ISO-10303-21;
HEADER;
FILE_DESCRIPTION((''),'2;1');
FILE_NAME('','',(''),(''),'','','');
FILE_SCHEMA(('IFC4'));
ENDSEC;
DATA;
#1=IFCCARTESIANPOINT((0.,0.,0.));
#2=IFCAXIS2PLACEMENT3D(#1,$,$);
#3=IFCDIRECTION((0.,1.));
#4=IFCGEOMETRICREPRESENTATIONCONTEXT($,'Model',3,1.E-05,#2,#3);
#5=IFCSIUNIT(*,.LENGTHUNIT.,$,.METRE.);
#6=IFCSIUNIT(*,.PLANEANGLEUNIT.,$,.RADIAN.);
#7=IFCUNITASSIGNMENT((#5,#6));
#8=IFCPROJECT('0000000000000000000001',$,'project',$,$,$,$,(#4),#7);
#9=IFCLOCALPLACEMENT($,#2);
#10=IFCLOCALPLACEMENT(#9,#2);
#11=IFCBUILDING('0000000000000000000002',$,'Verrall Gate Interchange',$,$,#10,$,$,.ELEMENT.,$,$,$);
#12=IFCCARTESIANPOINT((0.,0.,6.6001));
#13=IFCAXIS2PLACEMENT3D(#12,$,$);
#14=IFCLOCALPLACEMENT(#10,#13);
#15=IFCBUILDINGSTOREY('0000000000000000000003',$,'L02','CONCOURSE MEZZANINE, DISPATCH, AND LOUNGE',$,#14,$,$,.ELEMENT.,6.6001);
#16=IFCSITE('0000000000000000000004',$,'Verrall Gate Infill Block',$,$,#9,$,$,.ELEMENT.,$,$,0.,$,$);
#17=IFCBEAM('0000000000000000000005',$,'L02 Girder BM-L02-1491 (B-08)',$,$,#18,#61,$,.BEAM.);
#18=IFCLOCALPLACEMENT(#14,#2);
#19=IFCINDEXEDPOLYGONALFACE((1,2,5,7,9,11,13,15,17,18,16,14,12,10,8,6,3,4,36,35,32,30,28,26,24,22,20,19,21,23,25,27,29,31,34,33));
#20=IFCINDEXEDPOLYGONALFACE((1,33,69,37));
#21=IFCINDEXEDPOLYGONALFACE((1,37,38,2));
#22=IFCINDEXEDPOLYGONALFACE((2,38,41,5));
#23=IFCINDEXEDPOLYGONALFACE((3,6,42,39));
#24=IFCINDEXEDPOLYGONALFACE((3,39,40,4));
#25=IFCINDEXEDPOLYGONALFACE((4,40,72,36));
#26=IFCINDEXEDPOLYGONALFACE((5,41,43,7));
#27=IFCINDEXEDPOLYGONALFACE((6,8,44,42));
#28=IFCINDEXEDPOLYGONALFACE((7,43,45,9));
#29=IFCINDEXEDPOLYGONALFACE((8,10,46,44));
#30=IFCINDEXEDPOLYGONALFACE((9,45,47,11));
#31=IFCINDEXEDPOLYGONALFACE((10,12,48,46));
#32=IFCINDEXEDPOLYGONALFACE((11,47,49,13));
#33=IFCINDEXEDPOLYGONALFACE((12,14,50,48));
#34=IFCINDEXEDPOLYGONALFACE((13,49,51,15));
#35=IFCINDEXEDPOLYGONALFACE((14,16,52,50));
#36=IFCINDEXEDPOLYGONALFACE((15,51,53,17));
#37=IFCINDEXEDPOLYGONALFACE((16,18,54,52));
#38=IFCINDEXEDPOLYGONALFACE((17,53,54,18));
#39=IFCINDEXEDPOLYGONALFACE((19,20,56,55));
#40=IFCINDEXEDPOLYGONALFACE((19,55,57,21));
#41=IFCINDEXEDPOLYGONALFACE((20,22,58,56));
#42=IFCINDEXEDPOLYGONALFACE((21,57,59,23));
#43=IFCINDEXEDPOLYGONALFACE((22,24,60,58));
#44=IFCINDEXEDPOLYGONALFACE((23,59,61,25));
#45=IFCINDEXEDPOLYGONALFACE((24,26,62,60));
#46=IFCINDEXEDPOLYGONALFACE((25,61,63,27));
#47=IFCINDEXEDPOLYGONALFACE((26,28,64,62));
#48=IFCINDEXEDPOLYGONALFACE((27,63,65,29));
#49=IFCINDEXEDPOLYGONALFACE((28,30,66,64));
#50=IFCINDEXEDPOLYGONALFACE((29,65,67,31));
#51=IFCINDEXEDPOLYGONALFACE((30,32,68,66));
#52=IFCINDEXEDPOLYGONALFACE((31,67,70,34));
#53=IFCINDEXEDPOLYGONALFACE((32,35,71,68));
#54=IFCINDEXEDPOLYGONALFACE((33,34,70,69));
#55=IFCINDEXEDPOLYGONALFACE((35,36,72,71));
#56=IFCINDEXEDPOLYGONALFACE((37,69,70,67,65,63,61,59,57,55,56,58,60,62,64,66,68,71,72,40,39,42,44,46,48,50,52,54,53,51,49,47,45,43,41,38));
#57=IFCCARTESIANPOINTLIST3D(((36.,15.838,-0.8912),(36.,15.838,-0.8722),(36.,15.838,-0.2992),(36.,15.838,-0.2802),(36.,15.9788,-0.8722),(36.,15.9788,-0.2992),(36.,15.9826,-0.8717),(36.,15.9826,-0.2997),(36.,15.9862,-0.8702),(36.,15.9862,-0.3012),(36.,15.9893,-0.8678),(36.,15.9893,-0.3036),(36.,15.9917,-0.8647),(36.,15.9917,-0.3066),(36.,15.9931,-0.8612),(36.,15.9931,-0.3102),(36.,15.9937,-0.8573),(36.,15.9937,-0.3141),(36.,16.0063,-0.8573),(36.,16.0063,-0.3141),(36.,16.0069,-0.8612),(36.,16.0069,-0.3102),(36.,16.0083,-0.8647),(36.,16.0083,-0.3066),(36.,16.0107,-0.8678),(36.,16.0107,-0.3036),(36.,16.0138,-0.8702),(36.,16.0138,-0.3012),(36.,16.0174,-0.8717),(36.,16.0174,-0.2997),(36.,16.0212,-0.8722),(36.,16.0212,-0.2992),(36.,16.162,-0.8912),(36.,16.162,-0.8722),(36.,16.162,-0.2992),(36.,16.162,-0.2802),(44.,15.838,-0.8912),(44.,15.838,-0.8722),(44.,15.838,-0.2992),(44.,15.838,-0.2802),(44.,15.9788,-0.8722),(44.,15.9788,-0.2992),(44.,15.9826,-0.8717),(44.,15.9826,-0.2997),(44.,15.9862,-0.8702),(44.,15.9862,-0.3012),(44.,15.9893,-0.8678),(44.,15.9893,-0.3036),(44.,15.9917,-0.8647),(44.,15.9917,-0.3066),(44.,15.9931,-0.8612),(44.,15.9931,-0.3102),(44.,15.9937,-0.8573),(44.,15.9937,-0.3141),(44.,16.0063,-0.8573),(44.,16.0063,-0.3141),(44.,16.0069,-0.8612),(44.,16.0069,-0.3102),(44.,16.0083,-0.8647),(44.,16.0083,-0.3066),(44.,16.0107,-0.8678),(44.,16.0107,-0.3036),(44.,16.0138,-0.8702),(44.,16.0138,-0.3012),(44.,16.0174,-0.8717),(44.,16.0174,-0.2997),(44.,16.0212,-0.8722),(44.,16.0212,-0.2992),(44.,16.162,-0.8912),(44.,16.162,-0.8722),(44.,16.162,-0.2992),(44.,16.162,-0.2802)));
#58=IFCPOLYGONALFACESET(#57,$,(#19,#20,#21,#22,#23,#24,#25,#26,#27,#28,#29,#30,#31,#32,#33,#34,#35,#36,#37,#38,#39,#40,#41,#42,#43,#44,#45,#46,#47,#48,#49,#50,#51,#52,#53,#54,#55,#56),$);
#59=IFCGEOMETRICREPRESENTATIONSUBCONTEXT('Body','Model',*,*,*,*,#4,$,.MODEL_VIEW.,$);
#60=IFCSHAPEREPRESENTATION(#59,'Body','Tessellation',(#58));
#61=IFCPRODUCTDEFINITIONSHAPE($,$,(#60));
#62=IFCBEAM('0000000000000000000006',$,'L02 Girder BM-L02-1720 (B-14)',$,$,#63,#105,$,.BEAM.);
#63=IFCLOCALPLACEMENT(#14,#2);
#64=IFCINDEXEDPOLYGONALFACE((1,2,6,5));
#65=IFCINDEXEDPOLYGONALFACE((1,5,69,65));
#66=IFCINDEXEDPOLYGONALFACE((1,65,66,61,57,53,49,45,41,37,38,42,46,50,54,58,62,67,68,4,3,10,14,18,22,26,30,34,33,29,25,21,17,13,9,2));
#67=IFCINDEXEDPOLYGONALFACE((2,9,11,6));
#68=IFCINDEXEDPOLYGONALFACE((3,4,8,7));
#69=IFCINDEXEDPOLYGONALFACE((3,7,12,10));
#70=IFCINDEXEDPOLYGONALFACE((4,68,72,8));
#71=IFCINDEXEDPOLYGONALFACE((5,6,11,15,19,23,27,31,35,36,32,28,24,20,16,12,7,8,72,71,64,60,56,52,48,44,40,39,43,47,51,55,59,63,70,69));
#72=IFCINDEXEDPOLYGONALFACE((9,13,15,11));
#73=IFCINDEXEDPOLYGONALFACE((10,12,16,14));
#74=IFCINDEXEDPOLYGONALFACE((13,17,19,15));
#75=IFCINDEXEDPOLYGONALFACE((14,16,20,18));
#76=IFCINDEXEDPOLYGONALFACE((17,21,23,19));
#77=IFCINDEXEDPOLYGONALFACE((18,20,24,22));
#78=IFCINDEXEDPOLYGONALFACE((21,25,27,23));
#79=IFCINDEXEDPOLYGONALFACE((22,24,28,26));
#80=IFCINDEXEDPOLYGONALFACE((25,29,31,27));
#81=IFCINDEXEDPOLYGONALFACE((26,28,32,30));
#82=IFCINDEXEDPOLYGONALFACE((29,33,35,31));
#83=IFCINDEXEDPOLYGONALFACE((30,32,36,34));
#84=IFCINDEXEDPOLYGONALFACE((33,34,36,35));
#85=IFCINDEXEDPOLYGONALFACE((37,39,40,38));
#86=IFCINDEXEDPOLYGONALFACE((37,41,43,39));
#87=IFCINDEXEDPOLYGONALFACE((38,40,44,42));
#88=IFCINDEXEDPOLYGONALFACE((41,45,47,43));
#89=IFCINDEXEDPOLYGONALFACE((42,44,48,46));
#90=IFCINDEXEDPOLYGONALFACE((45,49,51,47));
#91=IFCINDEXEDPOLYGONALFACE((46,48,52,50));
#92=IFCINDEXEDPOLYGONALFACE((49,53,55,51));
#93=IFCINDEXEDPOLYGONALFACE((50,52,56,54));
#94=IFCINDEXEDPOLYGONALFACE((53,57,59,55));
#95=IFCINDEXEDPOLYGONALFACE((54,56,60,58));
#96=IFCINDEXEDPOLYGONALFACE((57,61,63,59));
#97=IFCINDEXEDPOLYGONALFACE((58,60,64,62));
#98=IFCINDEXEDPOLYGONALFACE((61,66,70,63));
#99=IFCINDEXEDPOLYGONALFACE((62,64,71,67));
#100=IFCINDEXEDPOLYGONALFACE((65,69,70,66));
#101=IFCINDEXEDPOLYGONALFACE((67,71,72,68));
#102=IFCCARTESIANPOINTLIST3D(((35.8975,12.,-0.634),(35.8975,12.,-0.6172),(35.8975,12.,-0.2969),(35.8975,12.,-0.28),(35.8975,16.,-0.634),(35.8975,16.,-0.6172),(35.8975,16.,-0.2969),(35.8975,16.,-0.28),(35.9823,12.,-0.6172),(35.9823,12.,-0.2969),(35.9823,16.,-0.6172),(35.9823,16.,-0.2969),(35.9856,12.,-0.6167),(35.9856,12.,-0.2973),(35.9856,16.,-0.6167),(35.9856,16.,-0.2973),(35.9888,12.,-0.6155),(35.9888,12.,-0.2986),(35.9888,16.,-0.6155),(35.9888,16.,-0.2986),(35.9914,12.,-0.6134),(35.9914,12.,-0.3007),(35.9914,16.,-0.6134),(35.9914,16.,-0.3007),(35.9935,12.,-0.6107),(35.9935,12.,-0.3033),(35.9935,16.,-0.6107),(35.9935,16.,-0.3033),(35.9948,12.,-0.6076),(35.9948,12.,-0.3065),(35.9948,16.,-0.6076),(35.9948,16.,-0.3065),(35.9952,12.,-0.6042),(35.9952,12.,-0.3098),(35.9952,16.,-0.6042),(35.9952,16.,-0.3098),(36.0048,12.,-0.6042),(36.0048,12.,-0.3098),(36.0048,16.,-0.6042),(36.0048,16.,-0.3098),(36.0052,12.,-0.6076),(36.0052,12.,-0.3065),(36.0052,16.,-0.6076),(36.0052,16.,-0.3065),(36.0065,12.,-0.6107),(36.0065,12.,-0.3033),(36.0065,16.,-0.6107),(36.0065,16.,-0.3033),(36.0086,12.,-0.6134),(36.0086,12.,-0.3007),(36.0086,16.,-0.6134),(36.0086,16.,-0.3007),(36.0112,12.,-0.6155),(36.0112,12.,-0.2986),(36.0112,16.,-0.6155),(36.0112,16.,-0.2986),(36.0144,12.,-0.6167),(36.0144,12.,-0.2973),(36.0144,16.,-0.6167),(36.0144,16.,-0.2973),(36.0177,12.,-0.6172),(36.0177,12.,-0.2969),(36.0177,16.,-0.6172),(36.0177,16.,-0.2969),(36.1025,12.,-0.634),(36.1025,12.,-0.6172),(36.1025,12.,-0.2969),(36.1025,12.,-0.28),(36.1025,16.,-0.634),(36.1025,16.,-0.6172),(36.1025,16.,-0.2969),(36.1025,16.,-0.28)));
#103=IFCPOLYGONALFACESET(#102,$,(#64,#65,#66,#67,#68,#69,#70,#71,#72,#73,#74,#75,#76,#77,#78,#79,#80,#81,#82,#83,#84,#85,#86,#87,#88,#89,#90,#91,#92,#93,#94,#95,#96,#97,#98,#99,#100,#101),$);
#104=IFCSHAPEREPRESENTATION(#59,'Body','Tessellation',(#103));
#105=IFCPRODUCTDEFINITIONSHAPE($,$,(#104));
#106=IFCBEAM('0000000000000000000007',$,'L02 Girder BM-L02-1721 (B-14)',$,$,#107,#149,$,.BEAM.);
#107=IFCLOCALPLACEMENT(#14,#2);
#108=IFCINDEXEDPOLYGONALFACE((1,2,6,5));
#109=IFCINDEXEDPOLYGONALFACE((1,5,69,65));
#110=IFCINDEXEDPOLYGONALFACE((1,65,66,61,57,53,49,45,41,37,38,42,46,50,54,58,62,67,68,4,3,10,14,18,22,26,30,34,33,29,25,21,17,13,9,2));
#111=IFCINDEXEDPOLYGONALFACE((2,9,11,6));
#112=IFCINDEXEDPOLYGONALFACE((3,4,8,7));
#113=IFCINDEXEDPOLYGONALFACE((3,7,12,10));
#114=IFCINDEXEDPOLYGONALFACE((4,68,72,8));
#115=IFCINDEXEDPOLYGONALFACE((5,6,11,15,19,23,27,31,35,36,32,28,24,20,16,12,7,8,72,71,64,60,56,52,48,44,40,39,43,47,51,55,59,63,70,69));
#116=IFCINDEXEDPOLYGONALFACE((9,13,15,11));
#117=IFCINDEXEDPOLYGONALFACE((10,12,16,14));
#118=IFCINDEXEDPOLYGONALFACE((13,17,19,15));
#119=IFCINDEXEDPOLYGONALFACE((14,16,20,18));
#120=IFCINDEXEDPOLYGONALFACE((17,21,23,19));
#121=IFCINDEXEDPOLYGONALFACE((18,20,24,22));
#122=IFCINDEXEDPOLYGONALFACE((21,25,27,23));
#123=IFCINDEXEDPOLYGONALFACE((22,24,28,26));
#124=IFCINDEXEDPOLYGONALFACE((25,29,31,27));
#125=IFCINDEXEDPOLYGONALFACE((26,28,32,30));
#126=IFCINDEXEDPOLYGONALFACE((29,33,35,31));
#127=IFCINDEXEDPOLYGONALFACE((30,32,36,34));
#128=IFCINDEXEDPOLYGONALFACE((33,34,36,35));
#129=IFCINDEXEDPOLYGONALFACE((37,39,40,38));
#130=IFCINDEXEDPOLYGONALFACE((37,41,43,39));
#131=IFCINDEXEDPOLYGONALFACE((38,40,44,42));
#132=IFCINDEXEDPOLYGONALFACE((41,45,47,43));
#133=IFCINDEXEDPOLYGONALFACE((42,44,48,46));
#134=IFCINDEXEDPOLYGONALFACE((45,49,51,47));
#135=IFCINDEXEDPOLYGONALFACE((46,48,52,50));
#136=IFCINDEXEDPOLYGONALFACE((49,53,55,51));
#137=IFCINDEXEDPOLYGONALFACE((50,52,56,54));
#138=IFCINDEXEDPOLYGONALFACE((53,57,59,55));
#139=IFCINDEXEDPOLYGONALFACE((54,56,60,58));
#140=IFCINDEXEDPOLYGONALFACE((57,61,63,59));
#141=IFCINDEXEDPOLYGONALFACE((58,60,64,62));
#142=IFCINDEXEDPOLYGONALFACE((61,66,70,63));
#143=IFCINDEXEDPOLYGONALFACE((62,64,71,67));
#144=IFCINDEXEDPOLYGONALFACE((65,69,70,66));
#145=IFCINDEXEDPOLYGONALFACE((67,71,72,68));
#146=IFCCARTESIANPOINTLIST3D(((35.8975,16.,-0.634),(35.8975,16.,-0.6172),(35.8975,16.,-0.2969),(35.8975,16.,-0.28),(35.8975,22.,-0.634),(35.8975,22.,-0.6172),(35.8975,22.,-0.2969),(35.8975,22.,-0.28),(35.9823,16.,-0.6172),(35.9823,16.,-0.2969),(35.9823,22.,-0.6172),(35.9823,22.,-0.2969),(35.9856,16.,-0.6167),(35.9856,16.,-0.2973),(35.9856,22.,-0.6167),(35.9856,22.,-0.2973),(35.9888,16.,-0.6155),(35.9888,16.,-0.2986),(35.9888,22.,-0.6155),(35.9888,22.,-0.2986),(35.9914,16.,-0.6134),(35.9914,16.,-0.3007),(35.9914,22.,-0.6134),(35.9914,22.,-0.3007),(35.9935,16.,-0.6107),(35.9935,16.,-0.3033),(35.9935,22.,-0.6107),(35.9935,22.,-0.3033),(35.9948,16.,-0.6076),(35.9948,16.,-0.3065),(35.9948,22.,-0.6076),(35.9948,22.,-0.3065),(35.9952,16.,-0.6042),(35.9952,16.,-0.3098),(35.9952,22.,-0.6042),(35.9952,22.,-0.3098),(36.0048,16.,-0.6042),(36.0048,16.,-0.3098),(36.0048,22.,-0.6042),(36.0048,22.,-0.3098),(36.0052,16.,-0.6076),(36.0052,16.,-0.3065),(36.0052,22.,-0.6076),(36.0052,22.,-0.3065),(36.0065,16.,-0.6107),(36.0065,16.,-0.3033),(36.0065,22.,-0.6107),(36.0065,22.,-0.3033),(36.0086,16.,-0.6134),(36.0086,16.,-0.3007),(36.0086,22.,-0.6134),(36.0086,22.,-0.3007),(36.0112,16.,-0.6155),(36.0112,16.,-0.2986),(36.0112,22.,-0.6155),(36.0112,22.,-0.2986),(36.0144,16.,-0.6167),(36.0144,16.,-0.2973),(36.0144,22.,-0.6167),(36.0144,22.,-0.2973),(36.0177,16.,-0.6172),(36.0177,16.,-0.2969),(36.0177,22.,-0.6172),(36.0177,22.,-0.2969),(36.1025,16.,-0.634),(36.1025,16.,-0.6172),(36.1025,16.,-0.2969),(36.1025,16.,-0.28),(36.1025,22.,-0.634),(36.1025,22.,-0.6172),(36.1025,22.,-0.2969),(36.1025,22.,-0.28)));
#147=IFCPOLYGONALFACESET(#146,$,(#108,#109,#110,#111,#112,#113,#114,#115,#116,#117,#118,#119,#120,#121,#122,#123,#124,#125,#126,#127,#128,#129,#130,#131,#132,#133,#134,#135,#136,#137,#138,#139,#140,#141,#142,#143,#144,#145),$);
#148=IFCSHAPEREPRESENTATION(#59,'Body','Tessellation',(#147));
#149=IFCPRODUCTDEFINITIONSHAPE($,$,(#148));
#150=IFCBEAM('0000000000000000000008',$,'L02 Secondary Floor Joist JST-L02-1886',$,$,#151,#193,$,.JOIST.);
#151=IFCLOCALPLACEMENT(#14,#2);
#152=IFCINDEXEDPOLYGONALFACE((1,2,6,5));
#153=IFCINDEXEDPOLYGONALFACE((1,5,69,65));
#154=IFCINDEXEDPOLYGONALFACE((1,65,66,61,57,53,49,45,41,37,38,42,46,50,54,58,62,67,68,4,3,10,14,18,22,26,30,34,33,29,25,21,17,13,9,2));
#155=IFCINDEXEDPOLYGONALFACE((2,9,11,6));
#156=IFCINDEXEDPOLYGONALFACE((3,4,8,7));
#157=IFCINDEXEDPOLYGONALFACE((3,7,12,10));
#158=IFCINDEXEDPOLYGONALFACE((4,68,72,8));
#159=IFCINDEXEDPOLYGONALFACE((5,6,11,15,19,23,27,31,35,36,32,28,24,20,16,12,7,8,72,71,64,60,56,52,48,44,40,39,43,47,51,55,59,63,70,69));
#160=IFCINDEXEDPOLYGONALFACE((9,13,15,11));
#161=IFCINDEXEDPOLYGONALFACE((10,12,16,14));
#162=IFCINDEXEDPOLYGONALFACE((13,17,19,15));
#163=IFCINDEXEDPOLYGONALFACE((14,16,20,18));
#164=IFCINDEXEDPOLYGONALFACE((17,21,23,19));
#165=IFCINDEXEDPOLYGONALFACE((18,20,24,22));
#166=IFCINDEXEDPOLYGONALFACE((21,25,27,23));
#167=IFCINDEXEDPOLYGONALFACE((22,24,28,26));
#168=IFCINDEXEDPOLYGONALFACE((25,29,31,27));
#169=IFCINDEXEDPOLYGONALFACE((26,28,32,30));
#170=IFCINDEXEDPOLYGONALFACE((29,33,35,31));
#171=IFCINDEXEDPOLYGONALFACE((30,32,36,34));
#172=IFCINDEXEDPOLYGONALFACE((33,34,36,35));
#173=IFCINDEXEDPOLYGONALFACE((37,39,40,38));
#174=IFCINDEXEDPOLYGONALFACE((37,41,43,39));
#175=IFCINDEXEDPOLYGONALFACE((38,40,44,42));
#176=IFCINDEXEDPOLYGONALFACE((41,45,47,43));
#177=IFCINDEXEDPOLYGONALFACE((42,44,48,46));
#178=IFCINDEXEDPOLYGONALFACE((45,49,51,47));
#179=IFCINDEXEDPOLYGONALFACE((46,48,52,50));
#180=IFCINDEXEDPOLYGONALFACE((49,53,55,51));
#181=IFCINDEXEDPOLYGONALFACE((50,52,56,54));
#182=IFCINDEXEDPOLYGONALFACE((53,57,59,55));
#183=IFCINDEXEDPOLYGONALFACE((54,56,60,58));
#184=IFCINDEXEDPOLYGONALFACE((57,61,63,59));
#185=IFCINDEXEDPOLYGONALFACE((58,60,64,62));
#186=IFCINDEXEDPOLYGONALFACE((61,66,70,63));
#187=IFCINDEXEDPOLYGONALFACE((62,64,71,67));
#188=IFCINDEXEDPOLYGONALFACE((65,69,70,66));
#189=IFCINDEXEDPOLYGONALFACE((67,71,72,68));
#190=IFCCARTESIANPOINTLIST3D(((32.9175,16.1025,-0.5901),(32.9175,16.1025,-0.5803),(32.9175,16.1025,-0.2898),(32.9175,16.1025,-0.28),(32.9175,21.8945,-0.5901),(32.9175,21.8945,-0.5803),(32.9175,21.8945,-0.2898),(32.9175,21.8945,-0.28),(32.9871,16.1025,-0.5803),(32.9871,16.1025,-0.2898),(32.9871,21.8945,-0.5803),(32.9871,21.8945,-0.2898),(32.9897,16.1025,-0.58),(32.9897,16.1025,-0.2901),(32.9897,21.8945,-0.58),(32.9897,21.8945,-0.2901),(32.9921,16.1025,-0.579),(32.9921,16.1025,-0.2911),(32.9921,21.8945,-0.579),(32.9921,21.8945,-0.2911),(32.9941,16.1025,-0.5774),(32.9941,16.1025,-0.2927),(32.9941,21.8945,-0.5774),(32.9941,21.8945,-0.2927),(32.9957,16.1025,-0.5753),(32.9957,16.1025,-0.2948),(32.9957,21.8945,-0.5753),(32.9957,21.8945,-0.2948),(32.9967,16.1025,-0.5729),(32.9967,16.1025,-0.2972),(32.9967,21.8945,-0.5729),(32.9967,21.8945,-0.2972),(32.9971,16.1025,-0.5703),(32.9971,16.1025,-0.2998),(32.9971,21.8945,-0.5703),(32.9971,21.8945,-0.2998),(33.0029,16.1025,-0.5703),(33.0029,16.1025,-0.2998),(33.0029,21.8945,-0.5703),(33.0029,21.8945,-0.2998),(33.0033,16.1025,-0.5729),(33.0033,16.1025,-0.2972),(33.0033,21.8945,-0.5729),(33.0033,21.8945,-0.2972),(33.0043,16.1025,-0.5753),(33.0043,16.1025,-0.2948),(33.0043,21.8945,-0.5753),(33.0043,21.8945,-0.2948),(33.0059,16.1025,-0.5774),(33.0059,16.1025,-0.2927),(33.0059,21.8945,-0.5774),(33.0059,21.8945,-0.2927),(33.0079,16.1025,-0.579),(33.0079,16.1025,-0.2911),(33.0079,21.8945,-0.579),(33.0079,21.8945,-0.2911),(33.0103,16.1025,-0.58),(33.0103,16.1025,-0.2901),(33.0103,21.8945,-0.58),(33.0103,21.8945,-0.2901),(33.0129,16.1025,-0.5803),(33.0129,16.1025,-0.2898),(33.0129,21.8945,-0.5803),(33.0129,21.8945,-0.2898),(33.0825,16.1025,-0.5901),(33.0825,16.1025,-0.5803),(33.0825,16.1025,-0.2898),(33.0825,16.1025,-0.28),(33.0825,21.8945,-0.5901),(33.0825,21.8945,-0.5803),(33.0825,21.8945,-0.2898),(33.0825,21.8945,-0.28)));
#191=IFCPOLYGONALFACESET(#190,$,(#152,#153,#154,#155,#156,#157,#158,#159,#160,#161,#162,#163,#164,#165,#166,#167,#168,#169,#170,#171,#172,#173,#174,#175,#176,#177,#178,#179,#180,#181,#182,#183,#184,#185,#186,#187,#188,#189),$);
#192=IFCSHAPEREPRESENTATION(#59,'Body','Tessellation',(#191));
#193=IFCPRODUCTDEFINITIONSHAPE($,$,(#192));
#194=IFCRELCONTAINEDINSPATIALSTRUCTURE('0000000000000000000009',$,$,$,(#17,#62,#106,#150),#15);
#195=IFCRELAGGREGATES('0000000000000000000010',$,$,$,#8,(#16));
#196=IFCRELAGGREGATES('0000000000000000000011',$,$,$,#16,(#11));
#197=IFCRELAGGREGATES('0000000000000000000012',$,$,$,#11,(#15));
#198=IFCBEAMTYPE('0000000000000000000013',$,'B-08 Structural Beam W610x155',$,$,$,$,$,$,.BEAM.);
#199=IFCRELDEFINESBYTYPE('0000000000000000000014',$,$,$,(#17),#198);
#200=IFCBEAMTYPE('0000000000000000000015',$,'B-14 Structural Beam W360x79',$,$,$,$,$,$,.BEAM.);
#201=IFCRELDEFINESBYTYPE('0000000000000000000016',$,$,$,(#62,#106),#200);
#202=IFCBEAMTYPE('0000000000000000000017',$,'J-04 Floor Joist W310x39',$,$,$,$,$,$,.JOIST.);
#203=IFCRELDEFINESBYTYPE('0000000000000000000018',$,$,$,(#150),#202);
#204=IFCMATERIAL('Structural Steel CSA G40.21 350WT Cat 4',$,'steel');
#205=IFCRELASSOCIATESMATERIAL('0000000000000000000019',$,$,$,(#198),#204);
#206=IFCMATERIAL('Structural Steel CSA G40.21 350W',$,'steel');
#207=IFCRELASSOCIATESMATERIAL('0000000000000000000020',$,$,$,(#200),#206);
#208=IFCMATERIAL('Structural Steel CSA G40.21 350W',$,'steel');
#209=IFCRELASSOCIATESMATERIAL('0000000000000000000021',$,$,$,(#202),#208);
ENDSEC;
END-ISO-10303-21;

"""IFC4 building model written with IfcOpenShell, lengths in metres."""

from ifc_helpers import new_model, si_unit, direction, frame, origin, origin_2d, place, context, subcontext, project, spatial, i_section, extrude, material, material_profile, profile_set, type_object, element, save


model = new_model("IFC4")

# Units and contexts
model_context = context("Model", 3, precision=1e-05, world=origin(), true_north=direction((0.0, 1.0)))
body_context = subcontext(model_context, "Body", "Model", "MODEL_VIEW")
ifc_project = project(units=[si_unit("LENGTHUNIT", "METRE"), si_unit("PLANEANGLEUNIT", "RADIAN")], contexts=[model_context])

# Site, building, storey
site_placement = place(None, origin())
site = spatial("IfcSite", under=ifc_project, at=site_placement, Name="Verrall Gate Infill Block", CompositionType="ELEMENT", RefElevation=0.0)
building_placement = place(site_placement, origin())
building = spatial("IfcBuilding", under=site, at=building_placement, Name="Verrall Gate Interchange", CompositionType="ELEMENT")
storey_placement = place(building_placement, frame((0.0, 0.0, 6.6001)))
storey = spatial("IfcBuildingStorey", under=building, at=storey_placement, Name="L02", Description="CONCOURSE MEZZANINE, DISPATCH, AND LOUNGE", CompositionType="ELEMENT", Elevation=6.6001)

# Beams
ifc_material_1 = material(Name="Structural Steel CSA G40.21 350WT Cat 4", Category="steel")
ifc_material_profile_1 = material_profile(ifc_material_1, i_section(OverallWidth=0.324, OverallDepth=0.6111, WebThickness=0.0127, FlangeThickness=0.019, FilletRadius=0.0149, at=origin_2d()), Name="W610x155")
ifc_profile_set_1 = profile_set([ifc_material_profile_1], Name="Structural Steel CSA G40.21 350WT Cat 4")
beam_type_1 = type_object("IfcBeamType", Name="B-08 Structural Beam W610x155", PredefinedType="BEAM", material=ifc_profile_set_1)
for number, where, z_axis, x_axis, name in (
    (1, (36.0, 16.0, -0.5857), (1.0, 0.0, 0.0), (0.0, 1.0, 0.0), "L02 Girder BM-L02-1491 (B-08)"),
):
    element("IfcBeam", number, at=place(storey_placement, frame(where, z_axis=z_axis, x_axis=x_axis)), inside=storey, type_object=beam_type_1, Name=name, PredefinedType="BEAM", context=body_context, shape_type="SweptSolid", body=[
        extrude(i_section(OverallWidth=0.324, OverallDepth=0.6111, WebThickness=0.0127, FlangeThickness=0.019, FilletRadius=0.0149, at=origin_2d()), origin(), (0.0, 0.0, 1.0), 8.0),
    ])
ifc_material_2 = material(Name="Structural Steel CSA G40.21 350W", Category="steel")
ifc_material_profile_2 = material_profile(ifc_material_2, i_section(OverallWidth=0.2051, OverallDepth=0.354, WebThickness=0.0095, FlangeThickness=0.0168, FilletRadius=0.0129, at=origin_2d()), Name="W360x79")
ifc_profile_set_2 = profile_set([ifc_material_profile_2], Name="Structural Steel CSA G40.21 350W")
beam_type_2 = type_object("IfcBeamType", Name="B-14 Structural Beam W360x79", PredefinedType="BEAM", material=ifc_profile_set_2)
beam_1_placement = place(storey_placement, frame((36.0, 12.0, -0.457), z_axis=(0.0, 1.0, 0.0), x_axis=(-1.0, 0.0, 0.0)))
element("IfcBeam", 2, at=beam_1_placement, inside=storey, type_object=beam_type_2, Name="L02 Girder BM-L02-1720 (B-14)", PredefinedType="BEAM", context=body_context, shape_type="SweptSolid", body=[
    extrude(i_section(OverallWidth=0.2051, OverallDepth=0.354, WebThickness=0.0095, FlangeThickness=0.0168, FilletRadius=0.0129, at=origin_2d()), origin(), (0.0, 0.0, 1.0), 4.0),
])
beam_2_placement = place(storey_placement, frame((36.0, 16.0, -0.457), z_axis=(0.0, 1.0, 0.0), x_axis=(-1.0, 0.0, 0.0)))
element("IfcBeam", 3, at=beam_2_placement, inside=storey, type_object=beam_type_2, Name="L02 Girder BM-L02-1721 (B-14)", PredefinedType="BEAM", context=body_context, shape_type="SweptSolid", body=[
    extrude(i_section(OverallWidth=0.2051, OverallDepth=0.354, WebThickness=0.0095, FlangeThickness=0.0168, FilletRadius=0.0129, at=origin_2d()), origin(), (0.0, 0.0, 1.0), 6.0),
])
ifc_material_3 = material(Name="Structural Steel CSA G40.21 350W", Category="steel")
ifc_material_profile_3 = material_profile(ifc_material_3, i_section(OverallWidth=0.165, OverallDepth=0.3101, WebThickness=0.0059, FlangeThickness=0.0098, FilletRadius=0.01, at=origin_2d()), Name="W310x39")
ifc_profile_set_3 = profile_set([ifc_material_profile_3], Name="Structural Steel CSA G40.21 350W")
beam_type_3 = type_object("IfcBeamType", Name="J-04 Floor Joist W310x39", PredefinedType="JOIST", material=ifc_profile_set_3)
beam_3_placement = place(storey_placement, frame((33.0, 16.1025, -0.4351), z_axis=(0.0, 1.0, 0.0), x_axis=(-1.0, 0.0, 0.0)))
element("IfcBeam", 4, at=beam_3_placement, inside=storey, type_object=beam_type_3, Name="L02 Secondary Floor Joist JST-L02-1886", PredefinedType="JOIST", context=body_context, shape_type="SweptSolid", body=[
    extrude(i_section(OverallWidth=0.165, OverallDepth=0.3101, WebThickness=0.0059, FlangeThickness=0.0098, FilletRadius=0.01, at=origin_2d()), origin(), (0.0, 0.0, 1.0), 5.792),
])

save(model, "model.ifc")
